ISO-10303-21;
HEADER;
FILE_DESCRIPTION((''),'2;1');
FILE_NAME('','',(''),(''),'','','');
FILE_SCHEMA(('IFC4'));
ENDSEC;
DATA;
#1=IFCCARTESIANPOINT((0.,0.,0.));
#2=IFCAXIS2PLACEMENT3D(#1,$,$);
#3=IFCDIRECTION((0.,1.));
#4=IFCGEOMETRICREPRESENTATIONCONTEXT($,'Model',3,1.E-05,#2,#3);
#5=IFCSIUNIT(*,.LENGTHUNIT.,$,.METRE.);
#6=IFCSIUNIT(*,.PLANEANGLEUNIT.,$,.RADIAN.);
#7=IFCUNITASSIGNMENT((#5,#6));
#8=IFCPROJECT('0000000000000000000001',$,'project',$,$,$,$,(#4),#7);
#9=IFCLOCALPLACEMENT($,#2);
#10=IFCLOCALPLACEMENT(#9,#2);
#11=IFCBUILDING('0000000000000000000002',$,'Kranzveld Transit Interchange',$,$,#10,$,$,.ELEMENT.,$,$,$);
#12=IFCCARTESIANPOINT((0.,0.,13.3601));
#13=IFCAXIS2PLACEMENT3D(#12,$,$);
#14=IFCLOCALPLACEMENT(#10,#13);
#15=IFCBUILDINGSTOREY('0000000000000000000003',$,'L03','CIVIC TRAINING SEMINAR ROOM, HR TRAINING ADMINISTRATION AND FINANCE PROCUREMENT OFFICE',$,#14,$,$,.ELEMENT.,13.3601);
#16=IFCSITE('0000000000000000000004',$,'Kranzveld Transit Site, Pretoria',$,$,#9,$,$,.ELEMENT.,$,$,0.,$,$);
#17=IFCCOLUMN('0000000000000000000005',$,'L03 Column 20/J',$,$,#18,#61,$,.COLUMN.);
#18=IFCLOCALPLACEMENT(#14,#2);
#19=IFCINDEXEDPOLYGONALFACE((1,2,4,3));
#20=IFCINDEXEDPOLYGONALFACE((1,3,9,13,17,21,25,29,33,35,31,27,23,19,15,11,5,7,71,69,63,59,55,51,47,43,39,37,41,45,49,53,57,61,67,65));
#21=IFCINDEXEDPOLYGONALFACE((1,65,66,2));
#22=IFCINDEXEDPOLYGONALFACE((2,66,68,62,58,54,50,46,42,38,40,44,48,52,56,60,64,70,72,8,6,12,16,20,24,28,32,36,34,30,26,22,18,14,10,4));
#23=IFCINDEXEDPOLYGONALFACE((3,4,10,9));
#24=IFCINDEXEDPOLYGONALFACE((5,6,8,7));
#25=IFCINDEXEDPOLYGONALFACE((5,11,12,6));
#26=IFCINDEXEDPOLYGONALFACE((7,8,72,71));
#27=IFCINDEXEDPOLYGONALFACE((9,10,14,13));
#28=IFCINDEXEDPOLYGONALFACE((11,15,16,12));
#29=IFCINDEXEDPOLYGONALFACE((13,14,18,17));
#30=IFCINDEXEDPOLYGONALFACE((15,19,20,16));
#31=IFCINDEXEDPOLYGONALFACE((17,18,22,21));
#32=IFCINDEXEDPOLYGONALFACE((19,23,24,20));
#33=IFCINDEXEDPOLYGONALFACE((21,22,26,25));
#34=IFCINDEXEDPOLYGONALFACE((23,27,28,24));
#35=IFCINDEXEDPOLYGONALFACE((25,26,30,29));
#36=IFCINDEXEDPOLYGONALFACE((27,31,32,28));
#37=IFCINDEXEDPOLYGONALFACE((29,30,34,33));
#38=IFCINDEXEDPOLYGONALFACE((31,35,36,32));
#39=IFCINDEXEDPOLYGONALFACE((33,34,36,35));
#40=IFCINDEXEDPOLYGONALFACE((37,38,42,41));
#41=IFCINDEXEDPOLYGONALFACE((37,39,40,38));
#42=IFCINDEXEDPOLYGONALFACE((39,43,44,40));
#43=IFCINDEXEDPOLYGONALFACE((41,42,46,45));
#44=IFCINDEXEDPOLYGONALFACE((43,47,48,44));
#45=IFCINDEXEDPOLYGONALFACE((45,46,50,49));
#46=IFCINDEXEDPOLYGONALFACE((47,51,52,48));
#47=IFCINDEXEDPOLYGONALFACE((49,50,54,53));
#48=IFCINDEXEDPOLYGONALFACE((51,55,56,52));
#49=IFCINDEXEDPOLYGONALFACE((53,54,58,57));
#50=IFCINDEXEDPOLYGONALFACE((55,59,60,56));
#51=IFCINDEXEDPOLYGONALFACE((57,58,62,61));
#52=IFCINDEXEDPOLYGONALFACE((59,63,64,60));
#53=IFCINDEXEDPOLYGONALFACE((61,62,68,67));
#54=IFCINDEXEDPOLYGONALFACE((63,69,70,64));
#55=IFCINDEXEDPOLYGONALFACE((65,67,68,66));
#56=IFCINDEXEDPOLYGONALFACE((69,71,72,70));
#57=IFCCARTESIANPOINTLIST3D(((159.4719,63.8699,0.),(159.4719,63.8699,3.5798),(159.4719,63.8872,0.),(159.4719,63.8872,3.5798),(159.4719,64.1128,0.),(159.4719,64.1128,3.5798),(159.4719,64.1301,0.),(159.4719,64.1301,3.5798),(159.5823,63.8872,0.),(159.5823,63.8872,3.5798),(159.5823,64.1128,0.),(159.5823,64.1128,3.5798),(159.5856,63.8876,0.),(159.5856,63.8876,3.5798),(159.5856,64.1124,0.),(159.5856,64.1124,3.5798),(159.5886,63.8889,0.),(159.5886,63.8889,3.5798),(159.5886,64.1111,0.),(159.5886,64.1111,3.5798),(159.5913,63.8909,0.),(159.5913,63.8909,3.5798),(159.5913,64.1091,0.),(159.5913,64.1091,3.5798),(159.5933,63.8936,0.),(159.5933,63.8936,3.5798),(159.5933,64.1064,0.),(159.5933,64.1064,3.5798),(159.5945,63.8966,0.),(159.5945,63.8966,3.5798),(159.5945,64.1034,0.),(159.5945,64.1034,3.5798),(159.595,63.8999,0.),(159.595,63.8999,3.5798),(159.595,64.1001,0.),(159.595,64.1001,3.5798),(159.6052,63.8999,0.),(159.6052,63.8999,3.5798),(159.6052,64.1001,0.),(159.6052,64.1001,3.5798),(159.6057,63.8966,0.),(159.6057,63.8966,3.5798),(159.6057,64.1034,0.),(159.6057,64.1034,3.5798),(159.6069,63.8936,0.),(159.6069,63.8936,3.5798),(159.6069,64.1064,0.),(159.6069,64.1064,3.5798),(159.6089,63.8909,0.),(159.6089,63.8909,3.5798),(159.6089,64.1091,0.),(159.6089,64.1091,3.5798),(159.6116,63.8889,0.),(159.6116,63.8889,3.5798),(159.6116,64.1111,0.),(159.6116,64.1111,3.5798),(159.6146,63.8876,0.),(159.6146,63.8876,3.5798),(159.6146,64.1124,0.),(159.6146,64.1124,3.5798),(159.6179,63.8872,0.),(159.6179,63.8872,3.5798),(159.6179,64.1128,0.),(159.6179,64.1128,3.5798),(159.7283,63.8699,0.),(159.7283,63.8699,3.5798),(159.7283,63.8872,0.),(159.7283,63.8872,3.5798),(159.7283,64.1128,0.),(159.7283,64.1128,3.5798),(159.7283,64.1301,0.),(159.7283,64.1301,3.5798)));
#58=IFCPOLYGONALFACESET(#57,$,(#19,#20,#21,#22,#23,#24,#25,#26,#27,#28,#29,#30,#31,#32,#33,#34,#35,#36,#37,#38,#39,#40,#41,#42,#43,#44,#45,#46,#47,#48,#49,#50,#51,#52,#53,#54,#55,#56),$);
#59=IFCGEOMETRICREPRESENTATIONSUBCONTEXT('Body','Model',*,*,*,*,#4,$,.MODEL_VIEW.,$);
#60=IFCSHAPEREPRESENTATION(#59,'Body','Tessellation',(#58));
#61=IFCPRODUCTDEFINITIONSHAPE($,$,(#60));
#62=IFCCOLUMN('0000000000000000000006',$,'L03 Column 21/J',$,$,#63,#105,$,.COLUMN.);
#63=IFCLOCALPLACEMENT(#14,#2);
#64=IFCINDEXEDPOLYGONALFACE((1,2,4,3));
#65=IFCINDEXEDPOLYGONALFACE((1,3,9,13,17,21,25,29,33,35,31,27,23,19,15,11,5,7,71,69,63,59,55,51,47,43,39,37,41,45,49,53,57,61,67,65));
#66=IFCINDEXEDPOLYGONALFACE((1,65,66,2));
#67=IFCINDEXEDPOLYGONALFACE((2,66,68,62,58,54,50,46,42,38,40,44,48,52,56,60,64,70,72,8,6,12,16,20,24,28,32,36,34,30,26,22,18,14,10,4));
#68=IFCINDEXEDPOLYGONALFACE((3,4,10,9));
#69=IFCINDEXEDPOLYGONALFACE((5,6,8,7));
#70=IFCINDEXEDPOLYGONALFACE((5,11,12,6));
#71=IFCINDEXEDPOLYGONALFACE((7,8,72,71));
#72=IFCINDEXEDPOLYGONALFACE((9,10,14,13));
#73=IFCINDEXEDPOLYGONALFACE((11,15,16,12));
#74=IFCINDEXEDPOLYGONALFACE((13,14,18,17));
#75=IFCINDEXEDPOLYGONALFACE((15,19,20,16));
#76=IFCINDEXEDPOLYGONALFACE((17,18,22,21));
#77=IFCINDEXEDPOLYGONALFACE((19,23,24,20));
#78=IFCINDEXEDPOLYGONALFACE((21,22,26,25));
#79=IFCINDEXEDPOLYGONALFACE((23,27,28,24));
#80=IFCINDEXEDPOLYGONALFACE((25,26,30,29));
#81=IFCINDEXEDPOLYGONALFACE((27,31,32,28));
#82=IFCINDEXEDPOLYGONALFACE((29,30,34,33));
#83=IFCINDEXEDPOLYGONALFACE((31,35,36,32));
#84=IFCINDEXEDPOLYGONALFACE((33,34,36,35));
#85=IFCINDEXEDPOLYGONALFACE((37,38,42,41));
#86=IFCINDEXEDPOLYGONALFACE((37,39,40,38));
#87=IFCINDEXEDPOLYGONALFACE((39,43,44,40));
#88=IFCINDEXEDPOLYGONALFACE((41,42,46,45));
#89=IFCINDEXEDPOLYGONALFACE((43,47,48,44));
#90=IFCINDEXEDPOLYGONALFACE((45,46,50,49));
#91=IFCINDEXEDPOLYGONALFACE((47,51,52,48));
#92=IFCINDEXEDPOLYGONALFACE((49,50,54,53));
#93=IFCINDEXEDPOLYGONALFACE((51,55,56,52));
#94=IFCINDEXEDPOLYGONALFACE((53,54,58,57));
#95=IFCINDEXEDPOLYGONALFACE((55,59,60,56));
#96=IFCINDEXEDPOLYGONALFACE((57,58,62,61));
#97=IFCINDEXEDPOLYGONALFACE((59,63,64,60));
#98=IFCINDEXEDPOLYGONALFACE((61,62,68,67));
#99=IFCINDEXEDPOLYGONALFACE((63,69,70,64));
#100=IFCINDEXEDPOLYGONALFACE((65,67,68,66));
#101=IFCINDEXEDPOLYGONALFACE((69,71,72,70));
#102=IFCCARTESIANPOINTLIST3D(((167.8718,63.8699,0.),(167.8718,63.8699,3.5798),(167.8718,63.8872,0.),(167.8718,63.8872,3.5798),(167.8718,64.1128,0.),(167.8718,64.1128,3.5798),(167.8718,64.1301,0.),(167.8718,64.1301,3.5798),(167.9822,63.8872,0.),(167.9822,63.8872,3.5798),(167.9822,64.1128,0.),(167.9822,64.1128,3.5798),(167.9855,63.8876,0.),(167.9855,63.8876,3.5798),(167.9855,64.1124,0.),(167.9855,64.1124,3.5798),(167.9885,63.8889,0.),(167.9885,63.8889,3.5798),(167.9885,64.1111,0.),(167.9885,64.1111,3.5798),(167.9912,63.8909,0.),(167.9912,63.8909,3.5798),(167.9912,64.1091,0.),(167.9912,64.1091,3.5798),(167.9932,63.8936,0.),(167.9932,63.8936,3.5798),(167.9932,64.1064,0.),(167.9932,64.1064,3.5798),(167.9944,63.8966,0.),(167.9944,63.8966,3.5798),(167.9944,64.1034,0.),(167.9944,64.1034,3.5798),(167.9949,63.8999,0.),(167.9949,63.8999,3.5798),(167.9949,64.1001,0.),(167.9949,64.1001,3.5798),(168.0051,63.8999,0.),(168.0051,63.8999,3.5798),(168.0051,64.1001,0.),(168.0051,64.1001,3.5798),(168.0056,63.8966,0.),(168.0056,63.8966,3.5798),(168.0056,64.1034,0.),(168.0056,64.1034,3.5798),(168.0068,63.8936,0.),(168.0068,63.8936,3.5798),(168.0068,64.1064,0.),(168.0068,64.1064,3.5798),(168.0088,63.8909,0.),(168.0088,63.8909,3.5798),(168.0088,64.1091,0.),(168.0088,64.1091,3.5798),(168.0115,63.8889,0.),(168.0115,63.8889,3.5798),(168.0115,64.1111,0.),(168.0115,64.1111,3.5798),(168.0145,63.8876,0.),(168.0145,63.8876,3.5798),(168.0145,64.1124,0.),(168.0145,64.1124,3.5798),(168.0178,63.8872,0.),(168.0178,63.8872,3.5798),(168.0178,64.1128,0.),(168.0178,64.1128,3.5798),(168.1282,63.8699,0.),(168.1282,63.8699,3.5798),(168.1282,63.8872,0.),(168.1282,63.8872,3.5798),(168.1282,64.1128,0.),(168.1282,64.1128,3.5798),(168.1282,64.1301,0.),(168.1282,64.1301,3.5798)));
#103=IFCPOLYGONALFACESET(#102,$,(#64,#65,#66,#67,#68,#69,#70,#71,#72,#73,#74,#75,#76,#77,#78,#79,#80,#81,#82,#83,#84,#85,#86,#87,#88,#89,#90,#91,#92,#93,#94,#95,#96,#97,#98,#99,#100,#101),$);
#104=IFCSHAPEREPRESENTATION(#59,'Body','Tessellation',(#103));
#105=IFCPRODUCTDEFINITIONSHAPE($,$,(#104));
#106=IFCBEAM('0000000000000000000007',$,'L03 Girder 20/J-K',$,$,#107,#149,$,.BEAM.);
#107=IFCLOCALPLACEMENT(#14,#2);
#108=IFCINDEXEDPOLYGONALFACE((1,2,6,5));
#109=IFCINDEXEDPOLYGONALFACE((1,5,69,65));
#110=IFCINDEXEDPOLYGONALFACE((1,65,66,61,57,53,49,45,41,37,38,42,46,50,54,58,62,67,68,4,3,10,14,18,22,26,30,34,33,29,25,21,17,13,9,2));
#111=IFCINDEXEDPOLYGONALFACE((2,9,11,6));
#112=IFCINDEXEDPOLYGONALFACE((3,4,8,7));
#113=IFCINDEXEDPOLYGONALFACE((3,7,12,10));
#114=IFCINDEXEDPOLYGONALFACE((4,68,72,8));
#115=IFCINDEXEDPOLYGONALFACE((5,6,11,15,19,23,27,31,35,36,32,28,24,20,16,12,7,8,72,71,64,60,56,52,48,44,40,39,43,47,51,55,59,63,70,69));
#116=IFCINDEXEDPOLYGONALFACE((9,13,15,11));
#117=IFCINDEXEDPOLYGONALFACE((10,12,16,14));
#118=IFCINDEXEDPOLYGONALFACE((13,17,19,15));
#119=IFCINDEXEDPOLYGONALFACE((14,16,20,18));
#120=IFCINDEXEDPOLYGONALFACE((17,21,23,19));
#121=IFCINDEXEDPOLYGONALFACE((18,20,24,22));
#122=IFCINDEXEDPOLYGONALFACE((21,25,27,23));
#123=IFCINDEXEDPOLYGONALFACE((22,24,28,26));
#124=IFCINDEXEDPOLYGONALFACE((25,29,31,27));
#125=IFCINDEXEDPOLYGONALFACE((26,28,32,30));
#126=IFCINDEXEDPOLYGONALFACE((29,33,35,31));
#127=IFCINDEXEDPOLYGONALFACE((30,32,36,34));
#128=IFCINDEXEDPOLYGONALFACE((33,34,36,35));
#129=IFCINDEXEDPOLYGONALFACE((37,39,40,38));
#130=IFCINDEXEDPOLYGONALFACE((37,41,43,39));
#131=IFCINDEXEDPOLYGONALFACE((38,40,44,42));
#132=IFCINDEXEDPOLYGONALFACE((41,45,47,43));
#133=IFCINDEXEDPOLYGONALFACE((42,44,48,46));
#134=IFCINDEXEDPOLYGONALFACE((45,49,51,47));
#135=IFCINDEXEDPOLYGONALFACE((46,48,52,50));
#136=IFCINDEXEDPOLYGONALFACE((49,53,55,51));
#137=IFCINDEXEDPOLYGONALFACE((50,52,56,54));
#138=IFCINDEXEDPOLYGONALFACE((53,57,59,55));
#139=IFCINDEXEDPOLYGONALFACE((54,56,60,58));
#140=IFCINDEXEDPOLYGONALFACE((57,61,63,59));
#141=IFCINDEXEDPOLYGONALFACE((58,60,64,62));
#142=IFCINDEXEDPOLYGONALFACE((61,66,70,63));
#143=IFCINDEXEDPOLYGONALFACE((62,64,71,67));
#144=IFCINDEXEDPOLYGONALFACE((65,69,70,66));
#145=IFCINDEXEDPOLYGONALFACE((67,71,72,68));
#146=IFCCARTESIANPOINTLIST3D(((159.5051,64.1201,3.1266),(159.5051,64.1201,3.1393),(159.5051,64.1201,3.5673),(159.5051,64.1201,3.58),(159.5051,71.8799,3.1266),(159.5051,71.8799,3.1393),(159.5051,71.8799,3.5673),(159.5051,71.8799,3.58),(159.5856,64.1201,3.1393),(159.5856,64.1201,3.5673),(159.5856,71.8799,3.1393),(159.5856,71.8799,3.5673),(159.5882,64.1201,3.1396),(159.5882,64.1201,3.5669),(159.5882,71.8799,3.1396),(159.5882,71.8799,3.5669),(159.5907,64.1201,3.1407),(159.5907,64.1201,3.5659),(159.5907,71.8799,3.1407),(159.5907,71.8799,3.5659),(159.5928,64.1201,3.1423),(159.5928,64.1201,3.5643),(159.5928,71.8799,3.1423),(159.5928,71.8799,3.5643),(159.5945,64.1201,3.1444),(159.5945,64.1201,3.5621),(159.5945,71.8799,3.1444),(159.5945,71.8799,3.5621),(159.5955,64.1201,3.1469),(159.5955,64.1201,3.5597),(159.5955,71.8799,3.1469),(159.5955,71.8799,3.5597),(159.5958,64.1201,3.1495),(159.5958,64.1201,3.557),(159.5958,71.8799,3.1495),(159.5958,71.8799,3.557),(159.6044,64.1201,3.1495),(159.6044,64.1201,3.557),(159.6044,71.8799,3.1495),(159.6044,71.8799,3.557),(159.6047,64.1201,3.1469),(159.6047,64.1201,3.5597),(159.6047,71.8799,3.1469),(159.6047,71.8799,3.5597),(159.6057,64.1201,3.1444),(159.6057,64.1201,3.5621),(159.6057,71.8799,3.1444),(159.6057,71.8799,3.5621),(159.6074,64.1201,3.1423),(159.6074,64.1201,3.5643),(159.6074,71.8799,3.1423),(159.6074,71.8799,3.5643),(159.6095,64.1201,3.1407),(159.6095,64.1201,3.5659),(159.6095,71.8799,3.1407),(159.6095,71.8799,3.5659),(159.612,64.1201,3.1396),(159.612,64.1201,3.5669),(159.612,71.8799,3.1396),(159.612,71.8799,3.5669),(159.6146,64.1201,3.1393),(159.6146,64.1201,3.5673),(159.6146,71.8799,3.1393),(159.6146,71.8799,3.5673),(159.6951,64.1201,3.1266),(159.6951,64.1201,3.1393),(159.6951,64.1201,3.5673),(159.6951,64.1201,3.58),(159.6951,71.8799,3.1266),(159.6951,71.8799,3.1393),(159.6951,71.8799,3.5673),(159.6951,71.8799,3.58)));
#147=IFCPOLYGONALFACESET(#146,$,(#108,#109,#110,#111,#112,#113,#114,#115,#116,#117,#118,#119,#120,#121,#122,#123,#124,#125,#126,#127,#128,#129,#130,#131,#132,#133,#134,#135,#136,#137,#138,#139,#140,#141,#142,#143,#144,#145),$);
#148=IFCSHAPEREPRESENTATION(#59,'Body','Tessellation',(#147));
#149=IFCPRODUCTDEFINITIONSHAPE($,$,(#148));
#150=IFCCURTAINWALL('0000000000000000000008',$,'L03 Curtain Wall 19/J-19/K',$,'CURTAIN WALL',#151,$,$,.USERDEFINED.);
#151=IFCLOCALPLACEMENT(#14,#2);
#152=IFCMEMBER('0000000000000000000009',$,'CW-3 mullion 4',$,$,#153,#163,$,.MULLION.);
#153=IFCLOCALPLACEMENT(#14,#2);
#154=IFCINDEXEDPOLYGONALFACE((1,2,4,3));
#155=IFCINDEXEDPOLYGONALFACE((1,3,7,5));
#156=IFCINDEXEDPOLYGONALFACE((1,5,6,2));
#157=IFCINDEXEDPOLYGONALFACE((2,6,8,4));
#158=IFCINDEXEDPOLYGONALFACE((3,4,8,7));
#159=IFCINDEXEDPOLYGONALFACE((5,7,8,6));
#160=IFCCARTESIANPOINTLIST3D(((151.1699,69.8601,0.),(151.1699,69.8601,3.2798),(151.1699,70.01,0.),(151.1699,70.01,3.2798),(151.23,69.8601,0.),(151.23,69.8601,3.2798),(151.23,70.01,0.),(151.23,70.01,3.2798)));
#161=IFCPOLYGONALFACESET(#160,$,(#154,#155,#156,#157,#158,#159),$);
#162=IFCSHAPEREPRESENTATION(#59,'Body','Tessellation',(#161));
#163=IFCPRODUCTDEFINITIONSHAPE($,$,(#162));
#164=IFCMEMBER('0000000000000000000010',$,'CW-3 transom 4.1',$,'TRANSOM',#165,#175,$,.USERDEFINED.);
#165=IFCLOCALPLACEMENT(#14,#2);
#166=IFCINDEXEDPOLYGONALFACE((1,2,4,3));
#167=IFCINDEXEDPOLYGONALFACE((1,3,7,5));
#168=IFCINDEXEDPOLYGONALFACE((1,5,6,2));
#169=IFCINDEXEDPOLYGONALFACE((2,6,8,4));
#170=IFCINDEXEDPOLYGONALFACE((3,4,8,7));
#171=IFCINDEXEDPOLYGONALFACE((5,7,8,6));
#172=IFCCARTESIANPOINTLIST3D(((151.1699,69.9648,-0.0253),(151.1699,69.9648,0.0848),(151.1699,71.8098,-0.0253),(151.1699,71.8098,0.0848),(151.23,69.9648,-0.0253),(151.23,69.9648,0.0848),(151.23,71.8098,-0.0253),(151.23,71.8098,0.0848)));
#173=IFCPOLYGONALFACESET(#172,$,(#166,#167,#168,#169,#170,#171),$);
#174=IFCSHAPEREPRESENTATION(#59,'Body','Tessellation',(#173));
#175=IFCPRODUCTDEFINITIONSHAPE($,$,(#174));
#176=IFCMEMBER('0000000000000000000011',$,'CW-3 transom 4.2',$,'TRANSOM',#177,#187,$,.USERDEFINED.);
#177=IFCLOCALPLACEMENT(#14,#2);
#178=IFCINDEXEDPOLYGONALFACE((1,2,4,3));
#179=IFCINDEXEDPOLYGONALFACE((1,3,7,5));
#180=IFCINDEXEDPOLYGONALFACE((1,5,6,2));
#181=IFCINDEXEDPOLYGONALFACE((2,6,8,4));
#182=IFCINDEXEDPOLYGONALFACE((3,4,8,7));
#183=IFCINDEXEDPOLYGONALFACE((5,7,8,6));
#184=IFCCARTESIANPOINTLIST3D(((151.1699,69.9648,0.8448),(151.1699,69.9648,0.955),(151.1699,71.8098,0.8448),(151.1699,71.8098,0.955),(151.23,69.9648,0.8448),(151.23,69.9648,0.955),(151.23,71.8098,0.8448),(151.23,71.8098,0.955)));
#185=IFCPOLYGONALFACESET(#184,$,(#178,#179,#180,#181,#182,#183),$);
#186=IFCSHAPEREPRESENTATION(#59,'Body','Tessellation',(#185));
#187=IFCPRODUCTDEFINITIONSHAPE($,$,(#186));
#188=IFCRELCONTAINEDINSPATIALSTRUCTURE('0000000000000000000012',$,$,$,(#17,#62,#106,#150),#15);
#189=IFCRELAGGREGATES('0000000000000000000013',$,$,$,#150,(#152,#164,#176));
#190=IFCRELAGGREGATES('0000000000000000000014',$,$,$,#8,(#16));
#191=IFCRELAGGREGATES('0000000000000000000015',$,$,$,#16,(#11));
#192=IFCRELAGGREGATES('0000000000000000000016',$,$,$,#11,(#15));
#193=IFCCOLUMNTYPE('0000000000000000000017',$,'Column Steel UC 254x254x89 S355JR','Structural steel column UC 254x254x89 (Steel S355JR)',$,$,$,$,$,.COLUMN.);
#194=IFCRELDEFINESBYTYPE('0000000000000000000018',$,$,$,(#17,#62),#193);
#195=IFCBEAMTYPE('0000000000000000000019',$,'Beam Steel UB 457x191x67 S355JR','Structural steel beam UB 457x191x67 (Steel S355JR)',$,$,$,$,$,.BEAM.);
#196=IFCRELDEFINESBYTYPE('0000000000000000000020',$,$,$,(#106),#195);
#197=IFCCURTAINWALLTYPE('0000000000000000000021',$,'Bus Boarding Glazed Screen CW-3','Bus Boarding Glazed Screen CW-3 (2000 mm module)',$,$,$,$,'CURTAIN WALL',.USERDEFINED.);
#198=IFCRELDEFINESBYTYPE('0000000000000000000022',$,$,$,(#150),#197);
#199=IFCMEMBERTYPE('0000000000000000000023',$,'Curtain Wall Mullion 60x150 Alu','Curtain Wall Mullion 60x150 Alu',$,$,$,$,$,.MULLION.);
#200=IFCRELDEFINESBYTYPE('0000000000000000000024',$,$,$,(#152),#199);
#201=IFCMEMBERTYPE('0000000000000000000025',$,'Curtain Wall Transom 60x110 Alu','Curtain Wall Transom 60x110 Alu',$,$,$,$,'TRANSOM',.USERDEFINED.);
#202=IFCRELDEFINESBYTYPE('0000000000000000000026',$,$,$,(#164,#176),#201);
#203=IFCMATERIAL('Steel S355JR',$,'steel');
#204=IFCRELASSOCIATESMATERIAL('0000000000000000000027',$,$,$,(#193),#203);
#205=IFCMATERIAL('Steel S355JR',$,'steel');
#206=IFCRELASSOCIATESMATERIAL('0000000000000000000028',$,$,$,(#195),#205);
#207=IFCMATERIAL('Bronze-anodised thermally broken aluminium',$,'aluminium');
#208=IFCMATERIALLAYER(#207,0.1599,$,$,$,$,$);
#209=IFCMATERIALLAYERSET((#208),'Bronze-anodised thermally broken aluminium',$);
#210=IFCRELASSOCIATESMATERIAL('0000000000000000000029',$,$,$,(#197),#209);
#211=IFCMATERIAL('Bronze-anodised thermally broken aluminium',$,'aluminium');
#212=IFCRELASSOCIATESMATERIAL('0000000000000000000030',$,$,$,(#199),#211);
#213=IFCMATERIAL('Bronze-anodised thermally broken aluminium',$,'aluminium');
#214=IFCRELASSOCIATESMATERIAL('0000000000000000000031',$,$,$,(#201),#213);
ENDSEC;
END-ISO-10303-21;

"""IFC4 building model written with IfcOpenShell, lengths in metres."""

from ifc_helpers import new_model, si_unit, direction, frame, origin, origin_2d, place, context, subcontext, project, spatial, rectangle, i_section, extrude, material, layer, layer_set, material_profile, profile_set, type_object, element, aggregate, save


model = new_model("IFC4")

# Units and contexts
model_context = context("Model", 3, precision=1e-05, world=origin(), true_north=direction((0.0, 1.0)))
body_context = subcontext(model_context, "Body", "Model", "MODEL_VIEW")
ifc_project = project(units=[si_unit("LENGTHUNIT", "METRE"), si_unit("PLANEANGLEUNIT", "RADIAN")], contexts=[model_context])

# Site, building, storey
site_placement = place(None, origin())
site = spatial("IfcSite", under=ifc_project, at=site_placement, Name="Kranzveld Transit Site, Pretoria", CompositionType="ELEMENT", RefElevation=0.0)
building_placement = place(site_placement, origin())
building = spatial("IfcBuilding", under=site, at=building_placement, Name="Kranzveld Transit Interchange", CompositionType="ELEMENT")
storey_placement = place(building_placement, frame((0.0, 0.0, 13.3601)))
storey = spatial("IfcBuildingStorey", under=building, at=storey_placement, Name="L03", Description="CIVIC TRAINING SEMINAR ROOM, HR TRAINING ADMINISTRATION AND FINANCE PROCUREMENT OFFICE", CompositionType="ELEMENT", Elevation=13.3601)

# Columns
ifc_material_1 = material(Name="Steel S355JR", Category="steel")
ifc_material_profile_1 = material_profile(ifc_material_1, i_section(OverallWidth=0.2563, OverallDepth=0.2603, WebThickness=0.0103, FlangeThickness=0.0173, FilletRadius=0.0127, at=origin_2d()), Name="UC 254x254x89")
ifc_profile_set_1 = profile_set([ifc_material_profile_1], Name="Steel S355JR")
column_type = type_object("IfcColumnType", Name="Column Steel UC 254x254x89 S355JR", Description="Structural steel column UC 254x254x89 (Steel S355JR)", PredefinedType="COLUMN", material=ifc_profile_set_1)
for number, where, z_axis, x_axis, name in (
    (1, (159.6001, 64.0, 0.0), (0.0, 0.0, 1.0), (1.0, 0.0, 0.0), "L03 Column 20/J"),
    (2, (168.0, 64.0, 0.0), (0.0, 0.0, 1.0), (1.0, 0.0, 0.0), "L03 Column 21/J"),
):
    element("IfcColumn", number, at=place(storey_placement, frame(where, z_axis=z_axis, x_axis=x_axis)), inside=storey, type_object=column_type, Name=name, PredefinedType="COLUMN", context=body_context, shape_type="SweptSolid", body=[
        extrude(i_section(OverallWidth=0.2563, OverallDepth=0.2603, WebThickness=0.0103, FlangeThickness=0.0173, FilletRadius=0.0127, at=origin_2d()), origin(), (0.0, 0.0, 1.0), 3.5798),
    ])

# Beam
ifc_material_2 = material(Name="Steel S355JR", Category="steel")
ifc_material_profile_2 = material_profile(ifc_material_2, i_section(OverallWidth=0.1899, OverallDepth=0.4534, WebThickness=0.0085, FlangeThickness=0.0127, FilletRadius=0.0103, at=origin_2d()), Name="UB 457x191x67")
ifc_profile_set_2 = profile_set([ifc_material_profile_2], Name="Steel S355JR")
beam_type_1 = type_object("IfcBeamType", Name="Beam Steel UB 457x191x67 S355JR", Description="Structural steel beam UB 457x191x67 (Steel S355JR)", PredefinedType="BEAM", material=ifc_profile_set_2)
beam_1_placement = place(storey_placement, frame((159.6001, 64.1201, 3.3533), z_axis=(0.0, 1.0, 0.0), x_axis=(-1.0, 0.0, 0.0)))
element("IfcBeam", 3, at=beam_1_placement, inside=storey, type_object=beam_type_1, Name="L03 Girder 20/J-K", PredefinedType="BEAM", context=body_context, shape_type="SweptSolid", body=[
    extrude(i_section(OverallWidth=0.1899, OverallDepth=0.4534, WebThickness=0.0085, FlangeThickness=0.0127, FilletRadius=0.0103, at=origin_2d()), origin(), (0.0, 0.0, 1.0), 7.7598),
])

# Curtain wall, members
ifc_material_3 = material(Name="Bronze-anodised thermally broken aluminium", Category="aluminium")
ifc_layer_1 = layer(ifc_material_3, 0.1599)
ifc_layer_set_1 = layer_set([ifc_layer_1], Name="Bronze-anodised thermally broken aluminium")
curtain_wall_type = type_object("IfcCurtainWallType", Name="Bus Boarding Glazed Screen CW-3", Description="Bus Boarding Glazed Screen CW-3 (2000 mm module)", ElementType="CURTAIN WALL", PredefinedType="USERDEFINED", material=ifc_layer_set_1)
curtain_wall_placement = place(storey_placement, origin())
curtain_wall = element("IfcCurtainWall", 4, at=curtain_wall_placement, inside=storey, type_object=curtain_wall_type, Name="L03 Curtain Wall 19/J-19/K", ObjectType="CURTAIN WALL", PredefinedType="USERDEFINED")
ifc_material_4 = material(Name="Bronze-anodised thermally broken aluminium", Category="aluminium")
ifc_material_profile_3 = material_profile(ifc_material_4, rectangle(XDim=0.0601, YDim=0.1499, at=origin_2d()), Name="ALU MULLION 60x150")
ifc_profile_set_3 = profile_set([ifc_material_profile_3], Name="Bronze-anodised thermally broken aluminium")
member_type_1 = type_object("IfcMemberType", Name="Curtain Wall Mullion 60x150 Alu", Description="Curtain Wall Mullion 60x150 Alu", PredefinedType="MULLION", material=ifc_profile_set_3)
member_1_placement = place(storey_placement, frame((151.2, 69.9351, 0.0), z_axis=(0.0, 0.0, 1.0), x_axis=(-1.0, 0.0, 0.0)))
member_1 = element("IfcMember", 5, at=member_1_placement, type_object=member_type_1, Name="CW-3 mullion 4", PredefinedType="MULLION", context=body_context, shape_type="SweptSolid", body=[
    extrude(rectangle(XDim=0.0601, YDim=0.1499, at=origin_2d()), origin(), (0.0, 0.0, 1.0), 3.2798),
])
ifc_material_5 = material(Name="Bronze-anodised thermally broken aluminium", Category="aluminium")
ifc_material_profile_4 = material_profile(ifc_material_5, rectangle(XDim=0.0601, YDim=0.1101, at=origin_2d()), Name="ALU TRANSOM 60x110")
ifc_profile_set_4 = profile_set([ifc_material_profile_4], Name="Bronze-anodised thermally broken aluminium")
member_type_2 = type_object("IfcMemberType", Name="Curtain Wall Transom 60x110 Alu", Description="Curtain Wall Transom 60x110 Alu", ElementType="TRANSOM", PredefinedType="USERDEFINED", material=ifc_profile_set_4)
member_2_placement = place(storey_placement, frame((151.2, 69.9648, 0.0298), z_axis=(0.0, 1.0, 0.0), x_axis=(-1.0, 0.0, 0.0)))
member_2 = element("IfcMember", 6, at=member_2_placement, type_object=member_type_2, Name="CW-3 transom 4.1", ObjectType="TRANSOM", PredefinedType="USERDEFINED", context=body_context, shape_type="SweptSolid", body=[
    extrude(rectangle(XDim=0.0601, YDim=0.1101, at=origin_2d()), origin(), (0.0, 0.0, 1.0), 1.845),
])
member_3_placement = place(storey_placement, frame((151.2, 69.9648, 0.8999), z_axis=(0.0, 1.0, 0.0), x_axis=(-1.0, 0.0, 0.0)))
member_3 = element("IfcMember", 7, at=member_3_placement, type_object=member_type_2, Name="CW-3 transom 4.2", ObjectType="TRANSOM", PredefinedType="USERDEFINED", context=body_context, shape_type="SweptSolid", body=[
    extrude(rectangle(XDim=0.0601, YDim=0.1101, at=origin_2d()), origin(), (0.0, 0.0, 1.0), 1.845),
])

aggregate(curtain_wall, [member_1, member_2, member_3])

save(model, "model.ifc")
